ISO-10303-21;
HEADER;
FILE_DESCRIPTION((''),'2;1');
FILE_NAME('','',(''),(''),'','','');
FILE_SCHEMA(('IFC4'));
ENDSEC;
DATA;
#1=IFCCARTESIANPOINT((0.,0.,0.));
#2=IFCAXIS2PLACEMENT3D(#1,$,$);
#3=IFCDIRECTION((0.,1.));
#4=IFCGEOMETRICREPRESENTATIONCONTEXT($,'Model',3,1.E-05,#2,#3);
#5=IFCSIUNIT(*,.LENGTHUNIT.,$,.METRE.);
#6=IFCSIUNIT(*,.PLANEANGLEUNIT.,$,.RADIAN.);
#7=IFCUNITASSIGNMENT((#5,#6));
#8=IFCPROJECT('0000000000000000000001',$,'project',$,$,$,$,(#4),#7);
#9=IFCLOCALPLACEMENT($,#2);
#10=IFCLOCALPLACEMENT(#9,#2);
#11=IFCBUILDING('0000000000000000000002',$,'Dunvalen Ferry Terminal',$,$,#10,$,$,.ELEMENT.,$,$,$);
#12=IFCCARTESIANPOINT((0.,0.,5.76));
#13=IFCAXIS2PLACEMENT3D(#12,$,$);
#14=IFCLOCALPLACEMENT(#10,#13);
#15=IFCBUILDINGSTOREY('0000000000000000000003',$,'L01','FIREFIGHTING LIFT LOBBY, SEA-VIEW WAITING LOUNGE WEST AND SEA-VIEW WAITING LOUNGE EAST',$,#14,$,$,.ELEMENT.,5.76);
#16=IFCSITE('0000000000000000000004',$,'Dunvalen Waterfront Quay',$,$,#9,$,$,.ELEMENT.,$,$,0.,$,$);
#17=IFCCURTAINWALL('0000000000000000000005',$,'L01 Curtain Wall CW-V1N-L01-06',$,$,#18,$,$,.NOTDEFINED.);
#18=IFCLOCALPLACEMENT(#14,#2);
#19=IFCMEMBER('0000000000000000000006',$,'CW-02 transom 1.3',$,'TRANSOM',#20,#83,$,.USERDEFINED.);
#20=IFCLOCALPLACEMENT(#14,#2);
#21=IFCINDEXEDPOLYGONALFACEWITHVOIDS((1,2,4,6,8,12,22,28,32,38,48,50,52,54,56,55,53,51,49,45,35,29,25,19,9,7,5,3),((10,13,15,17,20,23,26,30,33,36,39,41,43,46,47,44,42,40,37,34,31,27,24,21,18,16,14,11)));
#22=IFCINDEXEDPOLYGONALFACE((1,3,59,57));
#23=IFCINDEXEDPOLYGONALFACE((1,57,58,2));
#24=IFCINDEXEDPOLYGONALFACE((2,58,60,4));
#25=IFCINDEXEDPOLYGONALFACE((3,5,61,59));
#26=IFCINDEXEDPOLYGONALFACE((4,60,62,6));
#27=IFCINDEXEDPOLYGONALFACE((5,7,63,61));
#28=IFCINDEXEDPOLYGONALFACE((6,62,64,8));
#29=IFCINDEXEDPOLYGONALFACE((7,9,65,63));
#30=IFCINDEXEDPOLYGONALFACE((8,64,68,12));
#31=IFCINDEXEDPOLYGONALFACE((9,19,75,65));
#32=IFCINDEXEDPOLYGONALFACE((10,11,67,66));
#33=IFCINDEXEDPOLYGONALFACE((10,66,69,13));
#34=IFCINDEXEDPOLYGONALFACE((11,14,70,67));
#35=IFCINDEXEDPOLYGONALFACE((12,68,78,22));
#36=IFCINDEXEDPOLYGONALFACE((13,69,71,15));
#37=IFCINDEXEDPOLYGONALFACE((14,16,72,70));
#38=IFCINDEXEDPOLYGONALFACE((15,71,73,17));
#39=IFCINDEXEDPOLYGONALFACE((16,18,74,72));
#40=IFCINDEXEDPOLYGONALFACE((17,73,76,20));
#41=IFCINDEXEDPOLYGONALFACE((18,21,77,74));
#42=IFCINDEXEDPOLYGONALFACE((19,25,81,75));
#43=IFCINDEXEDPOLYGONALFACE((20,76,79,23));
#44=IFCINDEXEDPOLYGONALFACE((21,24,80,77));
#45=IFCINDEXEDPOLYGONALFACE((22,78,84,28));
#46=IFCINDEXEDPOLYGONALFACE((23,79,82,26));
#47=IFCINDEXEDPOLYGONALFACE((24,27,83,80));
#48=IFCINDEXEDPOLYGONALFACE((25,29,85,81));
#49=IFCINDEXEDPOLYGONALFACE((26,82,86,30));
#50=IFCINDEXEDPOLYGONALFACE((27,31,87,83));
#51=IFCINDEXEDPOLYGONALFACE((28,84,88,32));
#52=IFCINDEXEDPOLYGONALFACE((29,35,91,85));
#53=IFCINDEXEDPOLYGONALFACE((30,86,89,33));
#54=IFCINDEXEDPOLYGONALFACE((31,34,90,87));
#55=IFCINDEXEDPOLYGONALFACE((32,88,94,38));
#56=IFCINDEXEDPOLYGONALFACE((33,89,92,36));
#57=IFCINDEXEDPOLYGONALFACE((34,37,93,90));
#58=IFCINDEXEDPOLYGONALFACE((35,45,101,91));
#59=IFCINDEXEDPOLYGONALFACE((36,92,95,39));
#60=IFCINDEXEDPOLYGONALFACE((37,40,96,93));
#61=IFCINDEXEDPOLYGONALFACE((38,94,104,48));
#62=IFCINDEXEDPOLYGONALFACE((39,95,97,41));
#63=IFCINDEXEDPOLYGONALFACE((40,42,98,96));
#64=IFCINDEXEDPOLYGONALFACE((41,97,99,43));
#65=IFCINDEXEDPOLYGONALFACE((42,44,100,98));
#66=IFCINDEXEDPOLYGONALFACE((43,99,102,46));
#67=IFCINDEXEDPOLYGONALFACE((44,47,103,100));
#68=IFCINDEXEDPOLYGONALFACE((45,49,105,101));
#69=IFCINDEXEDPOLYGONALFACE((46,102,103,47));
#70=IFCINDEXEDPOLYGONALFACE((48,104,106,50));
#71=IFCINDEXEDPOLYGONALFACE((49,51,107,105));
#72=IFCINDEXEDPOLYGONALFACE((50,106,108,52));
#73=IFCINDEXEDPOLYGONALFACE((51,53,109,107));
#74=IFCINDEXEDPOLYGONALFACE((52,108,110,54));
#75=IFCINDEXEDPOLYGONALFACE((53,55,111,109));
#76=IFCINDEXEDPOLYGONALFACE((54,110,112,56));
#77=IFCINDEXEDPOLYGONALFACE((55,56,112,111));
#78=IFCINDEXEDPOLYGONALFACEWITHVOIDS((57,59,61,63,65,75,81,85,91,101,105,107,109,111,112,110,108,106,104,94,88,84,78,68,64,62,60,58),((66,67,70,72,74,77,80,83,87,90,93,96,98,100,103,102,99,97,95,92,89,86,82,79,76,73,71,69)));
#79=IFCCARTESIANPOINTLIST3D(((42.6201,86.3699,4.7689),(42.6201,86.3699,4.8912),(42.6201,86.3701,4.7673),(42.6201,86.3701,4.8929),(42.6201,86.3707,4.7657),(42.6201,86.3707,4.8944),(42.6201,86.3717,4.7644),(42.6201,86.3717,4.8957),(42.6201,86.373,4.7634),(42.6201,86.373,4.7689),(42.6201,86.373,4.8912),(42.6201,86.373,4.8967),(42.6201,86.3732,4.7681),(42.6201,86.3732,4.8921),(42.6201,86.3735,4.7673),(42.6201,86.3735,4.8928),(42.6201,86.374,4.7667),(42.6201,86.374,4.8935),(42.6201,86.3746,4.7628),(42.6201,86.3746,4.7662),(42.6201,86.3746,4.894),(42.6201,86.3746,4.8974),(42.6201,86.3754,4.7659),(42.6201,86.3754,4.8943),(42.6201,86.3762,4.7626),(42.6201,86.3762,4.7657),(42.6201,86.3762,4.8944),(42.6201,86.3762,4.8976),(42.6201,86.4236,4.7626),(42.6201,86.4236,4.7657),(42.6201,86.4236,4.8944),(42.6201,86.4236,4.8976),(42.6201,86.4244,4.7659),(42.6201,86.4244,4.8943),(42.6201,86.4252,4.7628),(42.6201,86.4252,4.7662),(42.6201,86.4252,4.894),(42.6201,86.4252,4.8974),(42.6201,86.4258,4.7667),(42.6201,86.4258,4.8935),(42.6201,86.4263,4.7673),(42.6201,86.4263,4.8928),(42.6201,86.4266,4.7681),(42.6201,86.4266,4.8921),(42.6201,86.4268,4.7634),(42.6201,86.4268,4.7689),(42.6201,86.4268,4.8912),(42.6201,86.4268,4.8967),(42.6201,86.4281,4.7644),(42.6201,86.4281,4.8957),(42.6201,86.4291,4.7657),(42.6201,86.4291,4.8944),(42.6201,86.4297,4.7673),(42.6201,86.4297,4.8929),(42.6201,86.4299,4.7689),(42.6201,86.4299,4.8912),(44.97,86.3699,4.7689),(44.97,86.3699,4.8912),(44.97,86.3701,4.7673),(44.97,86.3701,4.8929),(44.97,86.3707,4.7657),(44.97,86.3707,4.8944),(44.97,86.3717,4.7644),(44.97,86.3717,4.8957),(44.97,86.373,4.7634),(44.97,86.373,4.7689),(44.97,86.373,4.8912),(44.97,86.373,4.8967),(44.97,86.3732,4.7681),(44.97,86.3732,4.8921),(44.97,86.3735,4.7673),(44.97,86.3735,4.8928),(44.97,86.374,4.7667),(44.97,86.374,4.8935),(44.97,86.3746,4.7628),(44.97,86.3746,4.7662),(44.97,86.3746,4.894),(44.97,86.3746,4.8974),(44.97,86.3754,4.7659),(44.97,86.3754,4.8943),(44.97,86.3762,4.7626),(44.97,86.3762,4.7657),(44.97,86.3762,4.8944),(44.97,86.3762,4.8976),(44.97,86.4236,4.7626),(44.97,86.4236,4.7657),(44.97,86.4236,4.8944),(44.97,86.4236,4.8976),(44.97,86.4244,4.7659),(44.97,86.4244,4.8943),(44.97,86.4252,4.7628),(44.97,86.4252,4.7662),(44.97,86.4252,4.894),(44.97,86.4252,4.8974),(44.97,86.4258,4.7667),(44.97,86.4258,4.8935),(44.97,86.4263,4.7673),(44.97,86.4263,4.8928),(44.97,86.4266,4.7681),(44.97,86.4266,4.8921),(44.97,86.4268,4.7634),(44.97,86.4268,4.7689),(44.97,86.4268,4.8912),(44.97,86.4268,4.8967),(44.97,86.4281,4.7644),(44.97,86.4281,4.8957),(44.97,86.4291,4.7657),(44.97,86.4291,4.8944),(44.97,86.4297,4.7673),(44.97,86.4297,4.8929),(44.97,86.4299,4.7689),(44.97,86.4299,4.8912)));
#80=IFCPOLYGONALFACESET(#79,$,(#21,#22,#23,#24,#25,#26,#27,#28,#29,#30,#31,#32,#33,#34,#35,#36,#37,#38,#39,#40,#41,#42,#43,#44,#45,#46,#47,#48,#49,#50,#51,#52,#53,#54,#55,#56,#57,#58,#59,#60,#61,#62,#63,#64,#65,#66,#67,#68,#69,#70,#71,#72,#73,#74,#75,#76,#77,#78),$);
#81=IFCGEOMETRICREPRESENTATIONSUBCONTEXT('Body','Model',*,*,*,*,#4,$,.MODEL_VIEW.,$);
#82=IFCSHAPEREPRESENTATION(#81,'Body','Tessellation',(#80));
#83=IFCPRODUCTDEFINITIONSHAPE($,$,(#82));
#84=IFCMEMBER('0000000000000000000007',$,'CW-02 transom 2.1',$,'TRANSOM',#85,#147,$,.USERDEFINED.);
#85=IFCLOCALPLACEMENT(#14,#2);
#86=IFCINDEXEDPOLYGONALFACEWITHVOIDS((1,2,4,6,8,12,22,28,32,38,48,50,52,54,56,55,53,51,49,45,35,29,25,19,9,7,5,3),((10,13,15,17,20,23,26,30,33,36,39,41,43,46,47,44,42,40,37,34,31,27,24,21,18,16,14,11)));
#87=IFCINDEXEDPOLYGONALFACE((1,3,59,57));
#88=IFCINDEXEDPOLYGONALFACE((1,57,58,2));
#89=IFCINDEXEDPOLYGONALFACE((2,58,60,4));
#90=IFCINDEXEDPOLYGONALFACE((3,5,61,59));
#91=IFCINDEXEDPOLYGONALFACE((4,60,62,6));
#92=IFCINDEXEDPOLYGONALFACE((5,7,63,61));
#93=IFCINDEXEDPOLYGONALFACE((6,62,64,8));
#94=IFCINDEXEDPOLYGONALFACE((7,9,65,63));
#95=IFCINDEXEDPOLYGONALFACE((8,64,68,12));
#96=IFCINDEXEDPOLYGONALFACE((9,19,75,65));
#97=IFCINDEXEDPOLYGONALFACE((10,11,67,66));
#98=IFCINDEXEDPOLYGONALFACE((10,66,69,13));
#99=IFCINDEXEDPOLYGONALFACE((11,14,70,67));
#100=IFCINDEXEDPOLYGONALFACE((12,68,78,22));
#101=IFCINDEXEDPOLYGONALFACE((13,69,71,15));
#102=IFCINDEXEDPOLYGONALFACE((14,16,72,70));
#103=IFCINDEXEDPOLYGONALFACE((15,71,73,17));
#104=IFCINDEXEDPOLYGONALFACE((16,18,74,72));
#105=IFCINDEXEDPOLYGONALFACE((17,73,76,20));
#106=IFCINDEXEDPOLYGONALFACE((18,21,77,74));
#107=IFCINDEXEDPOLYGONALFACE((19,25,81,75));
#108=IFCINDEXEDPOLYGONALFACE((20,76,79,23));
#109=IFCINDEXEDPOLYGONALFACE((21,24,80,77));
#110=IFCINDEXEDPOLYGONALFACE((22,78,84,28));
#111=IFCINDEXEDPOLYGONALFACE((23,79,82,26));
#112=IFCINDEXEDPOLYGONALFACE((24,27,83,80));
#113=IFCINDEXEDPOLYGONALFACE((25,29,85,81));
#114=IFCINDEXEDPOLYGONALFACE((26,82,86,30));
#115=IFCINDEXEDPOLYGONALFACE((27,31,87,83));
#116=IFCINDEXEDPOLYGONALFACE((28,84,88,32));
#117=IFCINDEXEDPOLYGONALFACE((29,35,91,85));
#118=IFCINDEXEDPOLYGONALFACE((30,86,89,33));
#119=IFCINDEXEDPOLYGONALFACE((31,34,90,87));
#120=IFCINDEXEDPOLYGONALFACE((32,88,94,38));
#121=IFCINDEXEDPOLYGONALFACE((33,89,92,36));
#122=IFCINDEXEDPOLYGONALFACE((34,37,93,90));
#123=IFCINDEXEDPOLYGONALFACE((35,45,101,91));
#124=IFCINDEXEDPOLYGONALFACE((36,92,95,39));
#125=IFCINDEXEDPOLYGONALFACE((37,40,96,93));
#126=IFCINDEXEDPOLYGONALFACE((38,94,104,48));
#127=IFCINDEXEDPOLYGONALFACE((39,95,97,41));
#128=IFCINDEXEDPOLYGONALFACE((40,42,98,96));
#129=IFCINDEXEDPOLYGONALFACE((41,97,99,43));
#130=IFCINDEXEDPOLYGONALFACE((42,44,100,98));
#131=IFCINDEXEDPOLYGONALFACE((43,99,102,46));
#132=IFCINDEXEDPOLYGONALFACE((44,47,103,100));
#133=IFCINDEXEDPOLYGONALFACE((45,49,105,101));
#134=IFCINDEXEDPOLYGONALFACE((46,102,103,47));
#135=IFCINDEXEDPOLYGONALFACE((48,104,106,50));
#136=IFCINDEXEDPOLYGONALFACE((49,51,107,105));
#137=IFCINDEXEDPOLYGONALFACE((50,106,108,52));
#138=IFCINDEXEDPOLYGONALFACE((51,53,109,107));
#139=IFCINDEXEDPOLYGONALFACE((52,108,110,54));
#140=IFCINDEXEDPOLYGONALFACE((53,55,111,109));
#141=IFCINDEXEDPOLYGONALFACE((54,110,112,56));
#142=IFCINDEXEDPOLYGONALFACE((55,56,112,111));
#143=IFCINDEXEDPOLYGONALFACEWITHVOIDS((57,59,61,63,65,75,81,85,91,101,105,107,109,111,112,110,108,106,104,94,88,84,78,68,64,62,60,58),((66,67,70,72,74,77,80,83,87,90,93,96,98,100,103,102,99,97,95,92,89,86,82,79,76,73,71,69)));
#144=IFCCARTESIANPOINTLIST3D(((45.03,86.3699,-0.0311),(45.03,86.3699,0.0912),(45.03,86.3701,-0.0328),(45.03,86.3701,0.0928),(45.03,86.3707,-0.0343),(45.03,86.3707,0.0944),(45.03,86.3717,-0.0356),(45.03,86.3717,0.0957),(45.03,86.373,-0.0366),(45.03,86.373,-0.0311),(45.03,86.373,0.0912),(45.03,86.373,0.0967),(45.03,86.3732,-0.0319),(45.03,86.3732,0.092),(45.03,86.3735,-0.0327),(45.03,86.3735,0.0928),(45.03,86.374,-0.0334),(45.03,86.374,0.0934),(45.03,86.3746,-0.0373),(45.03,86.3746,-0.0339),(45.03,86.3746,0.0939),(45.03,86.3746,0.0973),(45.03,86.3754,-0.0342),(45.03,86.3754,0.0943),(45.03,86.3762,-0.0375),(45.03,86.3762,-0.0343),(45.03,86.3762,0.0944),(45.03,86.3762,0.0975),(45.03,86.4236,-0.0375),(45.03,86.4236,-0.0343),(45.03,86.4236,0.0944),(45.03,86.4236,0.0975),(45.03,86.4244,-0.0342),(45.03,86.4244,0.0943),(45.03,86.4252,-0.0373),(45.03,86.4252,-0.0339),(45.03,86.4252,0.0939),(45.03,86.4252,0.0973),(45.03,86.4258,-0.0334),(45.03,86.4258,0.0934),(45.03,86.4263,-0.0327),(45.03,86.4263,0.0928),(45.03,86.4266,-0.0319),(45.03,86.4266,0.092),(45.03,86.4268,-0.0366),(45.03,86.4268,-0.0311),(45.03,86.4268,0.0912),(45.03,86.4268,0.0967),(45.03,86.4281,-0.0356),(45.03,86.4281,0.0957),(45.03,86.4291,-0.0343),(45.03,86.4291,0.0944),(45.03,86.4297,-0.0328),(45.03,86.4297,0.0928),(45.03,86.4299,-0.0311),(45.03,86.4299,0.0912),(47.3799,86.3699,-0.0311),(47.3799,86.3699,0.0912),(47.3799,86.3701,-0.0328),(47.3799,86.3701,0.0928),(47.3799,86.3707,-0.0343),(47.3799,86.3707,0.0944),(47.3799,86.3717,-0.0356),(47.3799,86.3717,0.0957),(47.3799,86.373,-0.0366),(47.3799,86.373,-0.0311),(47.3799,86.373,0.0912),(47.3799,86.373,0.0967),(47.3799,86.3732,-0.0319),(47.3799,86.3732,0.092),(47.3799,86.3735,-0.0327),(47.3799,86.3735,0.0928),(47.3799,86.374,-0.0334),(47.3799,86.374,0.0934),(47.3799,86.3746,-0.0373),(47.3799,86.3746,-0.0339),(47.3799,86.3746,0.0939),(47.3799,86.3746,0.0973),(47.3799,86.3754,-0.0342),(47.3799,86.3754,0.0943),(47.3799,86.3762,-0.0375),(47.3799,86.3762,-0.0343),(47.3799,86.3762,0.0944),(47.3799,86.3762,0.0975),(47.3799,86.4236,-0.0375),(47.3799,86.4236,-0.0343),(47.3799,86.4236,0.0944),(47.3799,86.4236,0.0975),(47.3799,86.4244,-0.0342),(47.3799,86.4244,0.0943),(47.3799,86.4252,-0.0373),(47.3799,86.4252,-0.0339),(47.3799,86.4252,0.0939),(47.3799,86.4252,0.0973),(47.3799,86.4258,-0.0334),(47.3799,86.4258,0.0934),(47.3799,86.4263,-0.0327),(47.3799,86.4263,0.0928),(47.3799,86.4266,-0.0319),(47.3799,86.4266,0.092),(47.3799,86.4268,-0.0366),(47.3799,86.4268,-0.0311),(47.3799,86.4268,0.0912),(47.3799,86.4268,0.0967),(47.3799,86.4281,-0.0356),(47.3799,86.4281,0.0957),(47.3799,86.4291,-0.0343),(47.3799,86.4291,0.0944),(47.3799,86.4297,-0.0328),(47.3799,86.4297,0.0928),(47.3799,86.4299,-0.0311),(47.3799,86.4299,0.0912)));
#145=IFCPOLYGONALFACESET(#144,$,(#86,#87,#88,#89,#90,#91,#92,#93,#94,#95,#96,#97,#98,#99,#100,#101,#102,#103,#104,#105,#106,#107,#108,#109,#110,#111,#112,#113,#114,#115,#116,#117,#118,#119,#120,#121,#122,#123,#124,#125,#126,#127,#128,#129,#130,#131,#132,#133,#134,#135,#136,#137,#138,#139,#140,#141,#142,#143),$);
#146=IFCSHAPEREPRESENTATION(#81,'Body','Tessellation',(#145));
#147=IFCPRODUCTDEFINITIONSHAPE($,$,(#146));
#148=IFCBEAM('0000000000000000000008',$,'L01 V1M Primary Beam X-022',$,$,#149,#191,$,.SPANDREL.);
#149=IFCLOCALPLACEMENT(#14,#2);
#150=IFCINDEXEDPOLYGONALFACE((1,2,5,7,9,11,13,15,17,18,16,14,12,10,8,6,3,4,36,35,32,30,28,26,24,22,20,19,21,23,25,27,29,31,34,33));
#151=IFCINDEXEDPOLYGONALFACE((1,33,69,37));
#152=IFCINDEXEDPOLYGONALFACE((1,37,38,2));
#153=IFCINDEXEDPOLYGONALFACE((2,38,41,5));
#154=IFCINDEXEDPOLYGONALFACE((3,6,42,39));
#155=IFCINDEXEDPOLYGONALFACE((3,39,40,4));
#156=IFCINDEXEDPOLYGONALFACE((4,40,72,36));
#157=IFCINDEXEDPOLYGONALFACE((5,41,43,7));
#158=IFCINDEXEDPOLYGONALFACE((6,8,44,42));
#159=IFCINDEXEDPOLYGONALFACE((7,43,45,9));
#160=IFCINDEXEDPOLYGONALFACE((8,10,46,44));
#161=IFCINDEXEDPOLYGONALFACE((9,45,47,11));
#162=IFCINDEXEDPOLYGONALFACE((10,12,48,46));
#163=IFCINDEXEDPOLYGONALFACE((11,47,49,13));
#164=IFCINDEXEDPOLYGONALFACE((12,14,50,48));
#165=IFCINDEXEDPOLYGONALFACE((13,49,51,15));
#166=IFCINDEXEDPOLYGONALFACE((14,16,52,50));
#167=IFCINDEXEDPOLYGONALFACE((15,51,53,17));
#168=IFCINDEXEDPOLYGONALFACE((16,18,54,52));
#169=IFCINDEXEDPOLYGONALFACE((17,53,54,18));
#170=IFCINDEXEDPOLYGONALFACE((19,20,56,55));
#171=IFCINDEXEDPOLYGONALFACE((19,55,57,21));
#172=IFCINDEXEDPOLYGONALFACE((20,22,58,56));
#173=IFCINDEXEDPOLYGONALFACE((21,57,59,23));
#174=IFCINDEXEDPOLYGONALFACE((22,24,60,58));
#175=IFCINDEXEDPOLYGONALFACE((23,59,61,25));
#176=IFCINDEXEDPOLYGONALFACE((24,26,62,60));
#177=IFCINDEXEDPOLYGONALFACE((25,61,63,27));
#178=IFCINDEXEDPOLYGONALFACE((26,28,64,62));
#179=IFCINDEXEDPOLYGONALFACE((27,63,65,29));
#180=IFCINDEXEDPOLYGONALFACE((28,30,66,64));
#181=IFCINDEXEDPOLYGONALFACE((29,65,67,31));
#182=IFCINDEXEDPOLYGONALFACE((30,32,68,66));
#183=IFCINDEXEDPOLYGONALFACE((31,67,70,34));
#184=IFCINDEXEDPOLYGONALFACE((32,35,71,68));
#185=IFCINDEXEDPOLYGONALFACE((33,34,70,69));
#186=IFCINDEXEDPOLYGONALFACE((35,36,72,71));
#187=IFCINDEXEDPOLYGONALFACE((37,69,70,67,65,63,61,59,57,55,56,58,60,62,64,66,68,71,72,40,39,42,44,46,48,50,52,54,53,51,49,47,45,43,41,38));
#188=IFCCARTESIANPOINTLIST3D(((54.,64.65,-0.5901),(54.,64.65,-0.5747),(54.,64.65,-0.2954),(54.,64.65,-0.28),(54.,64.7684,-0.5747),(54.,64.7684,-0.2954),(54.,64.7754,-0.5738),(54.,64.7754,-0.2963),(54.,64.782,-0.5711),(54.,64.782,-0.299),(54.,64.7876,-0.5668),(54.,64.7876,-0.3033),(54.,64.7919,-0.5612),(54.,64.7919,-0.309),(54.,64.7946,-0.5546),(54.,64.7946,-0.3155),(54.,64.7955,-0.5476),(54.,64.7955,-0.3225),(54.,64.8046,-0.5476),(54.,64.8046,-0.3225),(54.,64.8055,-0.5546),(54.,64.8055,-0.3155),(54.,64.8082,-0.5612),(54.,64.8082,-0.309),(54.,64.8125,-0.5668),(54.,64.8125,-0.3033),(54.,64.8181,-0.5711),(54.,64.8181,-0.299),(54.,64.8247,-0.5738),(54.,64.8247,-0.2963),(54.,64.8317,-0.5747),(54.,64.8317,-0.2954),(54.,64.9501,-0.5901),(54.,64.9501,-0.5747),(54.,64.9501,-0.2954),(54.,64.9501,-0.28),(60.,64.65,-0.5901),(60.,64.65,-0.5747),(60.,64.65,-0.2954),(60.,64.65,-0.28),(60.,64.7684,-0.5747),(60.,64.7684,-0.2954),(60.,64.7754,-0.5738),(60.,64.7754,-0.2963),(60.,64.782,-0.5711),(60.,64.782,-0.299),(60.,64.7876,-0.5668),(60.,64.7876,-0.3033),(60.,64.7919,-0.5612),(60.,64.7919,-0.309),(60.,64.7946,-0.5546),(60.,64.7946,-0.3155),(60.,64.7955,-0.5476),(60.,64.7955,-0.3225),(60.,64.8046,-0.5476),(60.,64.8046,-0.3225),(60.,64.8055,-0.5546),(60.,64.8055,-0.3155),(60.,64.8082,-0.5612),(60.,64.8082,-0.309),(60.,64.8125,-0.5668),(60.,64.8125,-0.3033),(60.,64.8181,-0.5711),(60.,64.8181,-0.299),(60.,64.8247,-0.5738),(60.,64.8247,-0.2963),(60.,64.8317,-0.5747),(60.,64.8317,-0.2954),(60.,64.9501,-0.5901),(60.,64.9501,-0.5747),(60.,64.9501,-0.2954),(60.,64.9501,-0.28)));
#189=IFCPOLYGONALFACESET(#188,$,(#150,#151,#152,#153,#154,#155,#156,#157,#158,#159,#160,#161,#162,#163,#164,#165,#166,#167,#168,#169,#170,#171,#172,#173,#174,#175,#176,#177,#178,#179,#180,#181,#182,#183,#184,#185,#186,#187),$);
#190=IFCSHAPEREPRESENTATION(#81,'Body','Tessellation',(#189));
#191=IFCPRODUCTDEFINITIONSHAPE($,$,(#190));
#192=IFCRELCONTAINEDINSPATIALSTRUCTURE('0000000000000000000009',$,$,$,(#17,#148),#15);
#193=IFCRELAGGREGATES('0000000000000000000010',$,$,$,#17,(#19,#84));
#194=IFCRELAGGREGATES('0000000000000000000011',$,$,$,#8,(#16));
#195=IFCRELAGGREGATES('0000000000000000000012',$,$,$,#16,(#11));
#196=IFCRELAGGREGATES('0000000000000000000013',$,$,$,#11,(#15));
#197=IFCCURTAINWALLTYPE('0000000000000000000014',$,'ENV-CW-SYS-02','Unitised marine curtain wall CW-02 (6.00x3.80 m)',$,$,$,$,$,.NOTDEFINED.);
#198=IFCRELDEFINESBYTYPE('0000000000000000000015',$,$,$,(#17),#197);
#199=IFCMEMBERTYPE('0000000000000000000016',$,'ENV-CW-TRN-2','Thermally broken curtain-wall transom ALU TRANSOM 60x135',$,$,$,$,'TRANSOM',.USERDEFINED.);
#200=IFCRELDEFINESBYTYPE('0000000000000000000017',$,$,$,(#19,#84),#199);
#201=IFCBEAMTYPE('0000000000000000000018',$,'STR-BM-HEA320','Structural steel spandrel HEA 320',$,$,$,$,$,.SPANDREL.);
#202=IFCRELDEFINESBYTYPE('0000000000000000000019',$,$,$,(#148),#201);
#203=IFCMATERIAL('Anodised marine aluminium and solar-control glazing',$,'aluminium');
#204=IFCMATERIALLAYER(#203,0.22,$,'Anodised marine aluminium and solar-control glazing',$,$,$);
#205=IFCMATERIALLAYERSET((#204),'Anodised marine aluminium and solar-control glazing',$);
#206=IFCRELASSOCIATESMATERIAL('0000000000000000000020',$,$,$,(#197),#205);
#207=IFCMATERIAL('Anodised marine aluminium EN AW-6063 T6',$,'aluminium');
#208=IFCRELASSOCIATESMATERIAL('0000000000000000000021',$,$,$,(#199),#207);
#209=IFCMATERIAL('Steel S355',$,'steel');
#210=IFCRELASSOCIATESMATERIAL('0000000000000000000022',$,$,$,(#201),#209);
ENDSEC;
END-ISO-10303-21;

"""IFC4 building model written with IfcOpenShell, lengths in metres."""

from ifc_helpers import new_model, si_unit, direction, frame, origin, origin_2d, place, context, subcontext, project, spatial, hollow_rectangle, i_section, extrude, material, layer, layer_set, material_profile, profile_set, type_object, element, aggregate, save


model = new_model("IFC4")

# Units and contexts
model_context = context("Model", 3, precision=1e-05, world=origin(), true_north=direction((0.0, 1.0)))
body_context = subcontext(model_context, "Body", "Model", "MODEL_VIEW")
ifc_project = project(units=[si_unit("LENGTHUNIT", "METRE"), si_unit("PLANEANGLEUNIT", "RADIAN")], contexts=[model_context])

# Site, building, storey
site_placement = place(None, origin())
site = spatial("IfcSite", under=ifc_project, at=site_placement, Name="Dunvalen Waterfront Quay", CompositionType="ELEMENT", RefElevation=0.0)
building_placement = place(site_placement, origin())
building = spatial("IfcBuilding", under=site, at=building_placement, Name="Dunvalen Ferry Terminal", CompositionType="ELEMENT")
storey_placement = place(building_placement, frame((0.0, 0.0, 5.76)))
storey = spatial("IfcBuildingStorey", under=building, at=storey_placement, Name="L01", Description="FIREFIGHTING LIFT LOBBY, SEA-VIEW WAITING LOUNGE WEST AND SEA-VIEW WAITING LOUNGE EAST", CompositionType="ELEMENT", Elevation=5.76)

# Curtain wall, members
ifc_material_1 = material(Name="Anodised marine aluminium and solar-control glazing", Category="aluminium")
ifc_layer_1 = layer(ifc_material_1, 0.22, Name="Anodised marine aluminium and solar-control glazing")
ifc_layer_set_1 = layer_set([ifc_layer_1], Name="Anodised marine aluminium and solar-control glazing")
curtain_wall_type = type_object("IfcCurtainWallType", Name="ENV-CW-SYS-02", Description="Unitised marine curtain wall CW-02 (6.00x3.80 m)", PredefinedType="NOTDEFINED", material=ifc_layer_set_1)
curtain_wall_placement = place(storey_placement, origin())
curtain_wall = element("IfcCurtainWall", 1, at=curtain_wall_placement, inside=storey, type_object=curtain_wall_type, Name="L01 Curtain Wall CW-V1N-L01-06", PredefinedType="NOTDEFINED")
ifc_material_2 = material(Name="Anodised marine aluminium EN AW-6063 T6", Category="aluminium")
ifc_material_profile_1 = material_profile(ifc_material_2, hollow_rectangle(XDim=0.0601, YDim=0.135, WallThickness=0.0032, InnerFilletRadius=0.0032, OuterFilletRadius=0.0063, at=origin_2d()), Name="Anodised marine aluminium EN AW-6063 T6")
ifc_profile_set_1 = profile_set([ifc_material_profile_1], Name="Anodised marine aluminium EN AW-6063 T6")
member_type_1 = type_object("IfcMemberType", Name="ENV-CW-TRN-2", Description="Thermally broken curtain-wall transom ALU TRANSOM 60x135", ElementType="TRANSOM", PredefinedType="USERDEFINED", material=ifc_profile_set_1)
member_1_placement = place(storey_placement, frame((42.6201, 86.3999, 4.8301), z_axis=(1.0, 0.0, 0.0), x_axis=(0.0, 1.0, 0.0)))
member_1 = element("IfcMember", 2, at=member_1_placement, type_object=member_type_1, Name="CW-02 transom 1.3", ObjectType="TRANSOM", PredefinedType="USERDEFINED", context=body_context, shape_type="SweptSolid", body=[
    extrude(hollow_rectangle(XDim=0.0601, YDim=0.135, WallThickness=0.0032, InnerFilletRadius=0.0032, OuterFilletRadius=0.0063, at=origin_2d()), origin(), (0.0, 0.0, 1.0), 2.3499),
])
member_2_placement = place(storey_placement, frame((45.03, 86.3999, 0.03), z_axis=(1.0, 0.0, 0.0), x_axis=(0.0, 1.0, 0.0)))
member_2 = element("IfcMember", 3, at=member_2_placement, type_object=member_type_1, Name="CW-02 transom 2.1", ObjectType="TRANSOM", PredefinedType="USERDEFINED", context=body_context, shape_type="SweptSolid", body=[
    extrude(hollow_rectangle(XDim=0.0601, YDim=0.135, WallThickness=0.0032, InnerFilletRadius=0.0032, OuterFilletRadius=0.0063, at=origin_2d()), origin(), (0.0, 0.0, 1.0), 2.3499),
])

# Beam
ifc_material_3 = material(Name="Steel S355", Category="steel")
ifc_material_profile_2 = material_profile(ifc_material_3, i_section(OverallWidth=0.3, OverallDepth=0.3101, WebThickness=0.009, FlangeThickness=0.0154, FilletRadius=0.0271, at=origin_2d()), Name="Steel S355")
ifc_profile_set_2 = profile_set([ifc_material_profile_2], Name="Steel S355")
beam_type_1 = type_object("IfcBeamType", Name="STR-BM-HEA320", Description="Structural steel spandrel HEA 320", PredefinedType="SPANDREL", material=ifc_profile_set_2)
for number, where, z_axis, x_axis, name in (
    (4, (54.0, 64.8, -0.4351), (1.0, 0.0, 0.0), (0.0, 1.0, 0.0), "L01 V1M Primary Beam X-022"),
):
    element("IfcBeam", number, at=place(storey_placement, frame(where, z_axis=z_axis, x_axis=x_axis)), inside=storey, type_object=beam_type_1, Name=name, PredefinedType="SPANDREL", context=body_context, shape_type="SweptSolid", body=[
        extrude(i_section(OverallWidth=0.3, OverallDepth=0.3101, WebThickness=0.009, FlangeThickness=0.0154, FilletRadius=0.0271, at=origin_2d()), origin(), (0.0, 0.0, 1.0), 6.0),
    ])

aggregate(curtain_wall, [member_1, member_2])

save(model, "model.ifc")
